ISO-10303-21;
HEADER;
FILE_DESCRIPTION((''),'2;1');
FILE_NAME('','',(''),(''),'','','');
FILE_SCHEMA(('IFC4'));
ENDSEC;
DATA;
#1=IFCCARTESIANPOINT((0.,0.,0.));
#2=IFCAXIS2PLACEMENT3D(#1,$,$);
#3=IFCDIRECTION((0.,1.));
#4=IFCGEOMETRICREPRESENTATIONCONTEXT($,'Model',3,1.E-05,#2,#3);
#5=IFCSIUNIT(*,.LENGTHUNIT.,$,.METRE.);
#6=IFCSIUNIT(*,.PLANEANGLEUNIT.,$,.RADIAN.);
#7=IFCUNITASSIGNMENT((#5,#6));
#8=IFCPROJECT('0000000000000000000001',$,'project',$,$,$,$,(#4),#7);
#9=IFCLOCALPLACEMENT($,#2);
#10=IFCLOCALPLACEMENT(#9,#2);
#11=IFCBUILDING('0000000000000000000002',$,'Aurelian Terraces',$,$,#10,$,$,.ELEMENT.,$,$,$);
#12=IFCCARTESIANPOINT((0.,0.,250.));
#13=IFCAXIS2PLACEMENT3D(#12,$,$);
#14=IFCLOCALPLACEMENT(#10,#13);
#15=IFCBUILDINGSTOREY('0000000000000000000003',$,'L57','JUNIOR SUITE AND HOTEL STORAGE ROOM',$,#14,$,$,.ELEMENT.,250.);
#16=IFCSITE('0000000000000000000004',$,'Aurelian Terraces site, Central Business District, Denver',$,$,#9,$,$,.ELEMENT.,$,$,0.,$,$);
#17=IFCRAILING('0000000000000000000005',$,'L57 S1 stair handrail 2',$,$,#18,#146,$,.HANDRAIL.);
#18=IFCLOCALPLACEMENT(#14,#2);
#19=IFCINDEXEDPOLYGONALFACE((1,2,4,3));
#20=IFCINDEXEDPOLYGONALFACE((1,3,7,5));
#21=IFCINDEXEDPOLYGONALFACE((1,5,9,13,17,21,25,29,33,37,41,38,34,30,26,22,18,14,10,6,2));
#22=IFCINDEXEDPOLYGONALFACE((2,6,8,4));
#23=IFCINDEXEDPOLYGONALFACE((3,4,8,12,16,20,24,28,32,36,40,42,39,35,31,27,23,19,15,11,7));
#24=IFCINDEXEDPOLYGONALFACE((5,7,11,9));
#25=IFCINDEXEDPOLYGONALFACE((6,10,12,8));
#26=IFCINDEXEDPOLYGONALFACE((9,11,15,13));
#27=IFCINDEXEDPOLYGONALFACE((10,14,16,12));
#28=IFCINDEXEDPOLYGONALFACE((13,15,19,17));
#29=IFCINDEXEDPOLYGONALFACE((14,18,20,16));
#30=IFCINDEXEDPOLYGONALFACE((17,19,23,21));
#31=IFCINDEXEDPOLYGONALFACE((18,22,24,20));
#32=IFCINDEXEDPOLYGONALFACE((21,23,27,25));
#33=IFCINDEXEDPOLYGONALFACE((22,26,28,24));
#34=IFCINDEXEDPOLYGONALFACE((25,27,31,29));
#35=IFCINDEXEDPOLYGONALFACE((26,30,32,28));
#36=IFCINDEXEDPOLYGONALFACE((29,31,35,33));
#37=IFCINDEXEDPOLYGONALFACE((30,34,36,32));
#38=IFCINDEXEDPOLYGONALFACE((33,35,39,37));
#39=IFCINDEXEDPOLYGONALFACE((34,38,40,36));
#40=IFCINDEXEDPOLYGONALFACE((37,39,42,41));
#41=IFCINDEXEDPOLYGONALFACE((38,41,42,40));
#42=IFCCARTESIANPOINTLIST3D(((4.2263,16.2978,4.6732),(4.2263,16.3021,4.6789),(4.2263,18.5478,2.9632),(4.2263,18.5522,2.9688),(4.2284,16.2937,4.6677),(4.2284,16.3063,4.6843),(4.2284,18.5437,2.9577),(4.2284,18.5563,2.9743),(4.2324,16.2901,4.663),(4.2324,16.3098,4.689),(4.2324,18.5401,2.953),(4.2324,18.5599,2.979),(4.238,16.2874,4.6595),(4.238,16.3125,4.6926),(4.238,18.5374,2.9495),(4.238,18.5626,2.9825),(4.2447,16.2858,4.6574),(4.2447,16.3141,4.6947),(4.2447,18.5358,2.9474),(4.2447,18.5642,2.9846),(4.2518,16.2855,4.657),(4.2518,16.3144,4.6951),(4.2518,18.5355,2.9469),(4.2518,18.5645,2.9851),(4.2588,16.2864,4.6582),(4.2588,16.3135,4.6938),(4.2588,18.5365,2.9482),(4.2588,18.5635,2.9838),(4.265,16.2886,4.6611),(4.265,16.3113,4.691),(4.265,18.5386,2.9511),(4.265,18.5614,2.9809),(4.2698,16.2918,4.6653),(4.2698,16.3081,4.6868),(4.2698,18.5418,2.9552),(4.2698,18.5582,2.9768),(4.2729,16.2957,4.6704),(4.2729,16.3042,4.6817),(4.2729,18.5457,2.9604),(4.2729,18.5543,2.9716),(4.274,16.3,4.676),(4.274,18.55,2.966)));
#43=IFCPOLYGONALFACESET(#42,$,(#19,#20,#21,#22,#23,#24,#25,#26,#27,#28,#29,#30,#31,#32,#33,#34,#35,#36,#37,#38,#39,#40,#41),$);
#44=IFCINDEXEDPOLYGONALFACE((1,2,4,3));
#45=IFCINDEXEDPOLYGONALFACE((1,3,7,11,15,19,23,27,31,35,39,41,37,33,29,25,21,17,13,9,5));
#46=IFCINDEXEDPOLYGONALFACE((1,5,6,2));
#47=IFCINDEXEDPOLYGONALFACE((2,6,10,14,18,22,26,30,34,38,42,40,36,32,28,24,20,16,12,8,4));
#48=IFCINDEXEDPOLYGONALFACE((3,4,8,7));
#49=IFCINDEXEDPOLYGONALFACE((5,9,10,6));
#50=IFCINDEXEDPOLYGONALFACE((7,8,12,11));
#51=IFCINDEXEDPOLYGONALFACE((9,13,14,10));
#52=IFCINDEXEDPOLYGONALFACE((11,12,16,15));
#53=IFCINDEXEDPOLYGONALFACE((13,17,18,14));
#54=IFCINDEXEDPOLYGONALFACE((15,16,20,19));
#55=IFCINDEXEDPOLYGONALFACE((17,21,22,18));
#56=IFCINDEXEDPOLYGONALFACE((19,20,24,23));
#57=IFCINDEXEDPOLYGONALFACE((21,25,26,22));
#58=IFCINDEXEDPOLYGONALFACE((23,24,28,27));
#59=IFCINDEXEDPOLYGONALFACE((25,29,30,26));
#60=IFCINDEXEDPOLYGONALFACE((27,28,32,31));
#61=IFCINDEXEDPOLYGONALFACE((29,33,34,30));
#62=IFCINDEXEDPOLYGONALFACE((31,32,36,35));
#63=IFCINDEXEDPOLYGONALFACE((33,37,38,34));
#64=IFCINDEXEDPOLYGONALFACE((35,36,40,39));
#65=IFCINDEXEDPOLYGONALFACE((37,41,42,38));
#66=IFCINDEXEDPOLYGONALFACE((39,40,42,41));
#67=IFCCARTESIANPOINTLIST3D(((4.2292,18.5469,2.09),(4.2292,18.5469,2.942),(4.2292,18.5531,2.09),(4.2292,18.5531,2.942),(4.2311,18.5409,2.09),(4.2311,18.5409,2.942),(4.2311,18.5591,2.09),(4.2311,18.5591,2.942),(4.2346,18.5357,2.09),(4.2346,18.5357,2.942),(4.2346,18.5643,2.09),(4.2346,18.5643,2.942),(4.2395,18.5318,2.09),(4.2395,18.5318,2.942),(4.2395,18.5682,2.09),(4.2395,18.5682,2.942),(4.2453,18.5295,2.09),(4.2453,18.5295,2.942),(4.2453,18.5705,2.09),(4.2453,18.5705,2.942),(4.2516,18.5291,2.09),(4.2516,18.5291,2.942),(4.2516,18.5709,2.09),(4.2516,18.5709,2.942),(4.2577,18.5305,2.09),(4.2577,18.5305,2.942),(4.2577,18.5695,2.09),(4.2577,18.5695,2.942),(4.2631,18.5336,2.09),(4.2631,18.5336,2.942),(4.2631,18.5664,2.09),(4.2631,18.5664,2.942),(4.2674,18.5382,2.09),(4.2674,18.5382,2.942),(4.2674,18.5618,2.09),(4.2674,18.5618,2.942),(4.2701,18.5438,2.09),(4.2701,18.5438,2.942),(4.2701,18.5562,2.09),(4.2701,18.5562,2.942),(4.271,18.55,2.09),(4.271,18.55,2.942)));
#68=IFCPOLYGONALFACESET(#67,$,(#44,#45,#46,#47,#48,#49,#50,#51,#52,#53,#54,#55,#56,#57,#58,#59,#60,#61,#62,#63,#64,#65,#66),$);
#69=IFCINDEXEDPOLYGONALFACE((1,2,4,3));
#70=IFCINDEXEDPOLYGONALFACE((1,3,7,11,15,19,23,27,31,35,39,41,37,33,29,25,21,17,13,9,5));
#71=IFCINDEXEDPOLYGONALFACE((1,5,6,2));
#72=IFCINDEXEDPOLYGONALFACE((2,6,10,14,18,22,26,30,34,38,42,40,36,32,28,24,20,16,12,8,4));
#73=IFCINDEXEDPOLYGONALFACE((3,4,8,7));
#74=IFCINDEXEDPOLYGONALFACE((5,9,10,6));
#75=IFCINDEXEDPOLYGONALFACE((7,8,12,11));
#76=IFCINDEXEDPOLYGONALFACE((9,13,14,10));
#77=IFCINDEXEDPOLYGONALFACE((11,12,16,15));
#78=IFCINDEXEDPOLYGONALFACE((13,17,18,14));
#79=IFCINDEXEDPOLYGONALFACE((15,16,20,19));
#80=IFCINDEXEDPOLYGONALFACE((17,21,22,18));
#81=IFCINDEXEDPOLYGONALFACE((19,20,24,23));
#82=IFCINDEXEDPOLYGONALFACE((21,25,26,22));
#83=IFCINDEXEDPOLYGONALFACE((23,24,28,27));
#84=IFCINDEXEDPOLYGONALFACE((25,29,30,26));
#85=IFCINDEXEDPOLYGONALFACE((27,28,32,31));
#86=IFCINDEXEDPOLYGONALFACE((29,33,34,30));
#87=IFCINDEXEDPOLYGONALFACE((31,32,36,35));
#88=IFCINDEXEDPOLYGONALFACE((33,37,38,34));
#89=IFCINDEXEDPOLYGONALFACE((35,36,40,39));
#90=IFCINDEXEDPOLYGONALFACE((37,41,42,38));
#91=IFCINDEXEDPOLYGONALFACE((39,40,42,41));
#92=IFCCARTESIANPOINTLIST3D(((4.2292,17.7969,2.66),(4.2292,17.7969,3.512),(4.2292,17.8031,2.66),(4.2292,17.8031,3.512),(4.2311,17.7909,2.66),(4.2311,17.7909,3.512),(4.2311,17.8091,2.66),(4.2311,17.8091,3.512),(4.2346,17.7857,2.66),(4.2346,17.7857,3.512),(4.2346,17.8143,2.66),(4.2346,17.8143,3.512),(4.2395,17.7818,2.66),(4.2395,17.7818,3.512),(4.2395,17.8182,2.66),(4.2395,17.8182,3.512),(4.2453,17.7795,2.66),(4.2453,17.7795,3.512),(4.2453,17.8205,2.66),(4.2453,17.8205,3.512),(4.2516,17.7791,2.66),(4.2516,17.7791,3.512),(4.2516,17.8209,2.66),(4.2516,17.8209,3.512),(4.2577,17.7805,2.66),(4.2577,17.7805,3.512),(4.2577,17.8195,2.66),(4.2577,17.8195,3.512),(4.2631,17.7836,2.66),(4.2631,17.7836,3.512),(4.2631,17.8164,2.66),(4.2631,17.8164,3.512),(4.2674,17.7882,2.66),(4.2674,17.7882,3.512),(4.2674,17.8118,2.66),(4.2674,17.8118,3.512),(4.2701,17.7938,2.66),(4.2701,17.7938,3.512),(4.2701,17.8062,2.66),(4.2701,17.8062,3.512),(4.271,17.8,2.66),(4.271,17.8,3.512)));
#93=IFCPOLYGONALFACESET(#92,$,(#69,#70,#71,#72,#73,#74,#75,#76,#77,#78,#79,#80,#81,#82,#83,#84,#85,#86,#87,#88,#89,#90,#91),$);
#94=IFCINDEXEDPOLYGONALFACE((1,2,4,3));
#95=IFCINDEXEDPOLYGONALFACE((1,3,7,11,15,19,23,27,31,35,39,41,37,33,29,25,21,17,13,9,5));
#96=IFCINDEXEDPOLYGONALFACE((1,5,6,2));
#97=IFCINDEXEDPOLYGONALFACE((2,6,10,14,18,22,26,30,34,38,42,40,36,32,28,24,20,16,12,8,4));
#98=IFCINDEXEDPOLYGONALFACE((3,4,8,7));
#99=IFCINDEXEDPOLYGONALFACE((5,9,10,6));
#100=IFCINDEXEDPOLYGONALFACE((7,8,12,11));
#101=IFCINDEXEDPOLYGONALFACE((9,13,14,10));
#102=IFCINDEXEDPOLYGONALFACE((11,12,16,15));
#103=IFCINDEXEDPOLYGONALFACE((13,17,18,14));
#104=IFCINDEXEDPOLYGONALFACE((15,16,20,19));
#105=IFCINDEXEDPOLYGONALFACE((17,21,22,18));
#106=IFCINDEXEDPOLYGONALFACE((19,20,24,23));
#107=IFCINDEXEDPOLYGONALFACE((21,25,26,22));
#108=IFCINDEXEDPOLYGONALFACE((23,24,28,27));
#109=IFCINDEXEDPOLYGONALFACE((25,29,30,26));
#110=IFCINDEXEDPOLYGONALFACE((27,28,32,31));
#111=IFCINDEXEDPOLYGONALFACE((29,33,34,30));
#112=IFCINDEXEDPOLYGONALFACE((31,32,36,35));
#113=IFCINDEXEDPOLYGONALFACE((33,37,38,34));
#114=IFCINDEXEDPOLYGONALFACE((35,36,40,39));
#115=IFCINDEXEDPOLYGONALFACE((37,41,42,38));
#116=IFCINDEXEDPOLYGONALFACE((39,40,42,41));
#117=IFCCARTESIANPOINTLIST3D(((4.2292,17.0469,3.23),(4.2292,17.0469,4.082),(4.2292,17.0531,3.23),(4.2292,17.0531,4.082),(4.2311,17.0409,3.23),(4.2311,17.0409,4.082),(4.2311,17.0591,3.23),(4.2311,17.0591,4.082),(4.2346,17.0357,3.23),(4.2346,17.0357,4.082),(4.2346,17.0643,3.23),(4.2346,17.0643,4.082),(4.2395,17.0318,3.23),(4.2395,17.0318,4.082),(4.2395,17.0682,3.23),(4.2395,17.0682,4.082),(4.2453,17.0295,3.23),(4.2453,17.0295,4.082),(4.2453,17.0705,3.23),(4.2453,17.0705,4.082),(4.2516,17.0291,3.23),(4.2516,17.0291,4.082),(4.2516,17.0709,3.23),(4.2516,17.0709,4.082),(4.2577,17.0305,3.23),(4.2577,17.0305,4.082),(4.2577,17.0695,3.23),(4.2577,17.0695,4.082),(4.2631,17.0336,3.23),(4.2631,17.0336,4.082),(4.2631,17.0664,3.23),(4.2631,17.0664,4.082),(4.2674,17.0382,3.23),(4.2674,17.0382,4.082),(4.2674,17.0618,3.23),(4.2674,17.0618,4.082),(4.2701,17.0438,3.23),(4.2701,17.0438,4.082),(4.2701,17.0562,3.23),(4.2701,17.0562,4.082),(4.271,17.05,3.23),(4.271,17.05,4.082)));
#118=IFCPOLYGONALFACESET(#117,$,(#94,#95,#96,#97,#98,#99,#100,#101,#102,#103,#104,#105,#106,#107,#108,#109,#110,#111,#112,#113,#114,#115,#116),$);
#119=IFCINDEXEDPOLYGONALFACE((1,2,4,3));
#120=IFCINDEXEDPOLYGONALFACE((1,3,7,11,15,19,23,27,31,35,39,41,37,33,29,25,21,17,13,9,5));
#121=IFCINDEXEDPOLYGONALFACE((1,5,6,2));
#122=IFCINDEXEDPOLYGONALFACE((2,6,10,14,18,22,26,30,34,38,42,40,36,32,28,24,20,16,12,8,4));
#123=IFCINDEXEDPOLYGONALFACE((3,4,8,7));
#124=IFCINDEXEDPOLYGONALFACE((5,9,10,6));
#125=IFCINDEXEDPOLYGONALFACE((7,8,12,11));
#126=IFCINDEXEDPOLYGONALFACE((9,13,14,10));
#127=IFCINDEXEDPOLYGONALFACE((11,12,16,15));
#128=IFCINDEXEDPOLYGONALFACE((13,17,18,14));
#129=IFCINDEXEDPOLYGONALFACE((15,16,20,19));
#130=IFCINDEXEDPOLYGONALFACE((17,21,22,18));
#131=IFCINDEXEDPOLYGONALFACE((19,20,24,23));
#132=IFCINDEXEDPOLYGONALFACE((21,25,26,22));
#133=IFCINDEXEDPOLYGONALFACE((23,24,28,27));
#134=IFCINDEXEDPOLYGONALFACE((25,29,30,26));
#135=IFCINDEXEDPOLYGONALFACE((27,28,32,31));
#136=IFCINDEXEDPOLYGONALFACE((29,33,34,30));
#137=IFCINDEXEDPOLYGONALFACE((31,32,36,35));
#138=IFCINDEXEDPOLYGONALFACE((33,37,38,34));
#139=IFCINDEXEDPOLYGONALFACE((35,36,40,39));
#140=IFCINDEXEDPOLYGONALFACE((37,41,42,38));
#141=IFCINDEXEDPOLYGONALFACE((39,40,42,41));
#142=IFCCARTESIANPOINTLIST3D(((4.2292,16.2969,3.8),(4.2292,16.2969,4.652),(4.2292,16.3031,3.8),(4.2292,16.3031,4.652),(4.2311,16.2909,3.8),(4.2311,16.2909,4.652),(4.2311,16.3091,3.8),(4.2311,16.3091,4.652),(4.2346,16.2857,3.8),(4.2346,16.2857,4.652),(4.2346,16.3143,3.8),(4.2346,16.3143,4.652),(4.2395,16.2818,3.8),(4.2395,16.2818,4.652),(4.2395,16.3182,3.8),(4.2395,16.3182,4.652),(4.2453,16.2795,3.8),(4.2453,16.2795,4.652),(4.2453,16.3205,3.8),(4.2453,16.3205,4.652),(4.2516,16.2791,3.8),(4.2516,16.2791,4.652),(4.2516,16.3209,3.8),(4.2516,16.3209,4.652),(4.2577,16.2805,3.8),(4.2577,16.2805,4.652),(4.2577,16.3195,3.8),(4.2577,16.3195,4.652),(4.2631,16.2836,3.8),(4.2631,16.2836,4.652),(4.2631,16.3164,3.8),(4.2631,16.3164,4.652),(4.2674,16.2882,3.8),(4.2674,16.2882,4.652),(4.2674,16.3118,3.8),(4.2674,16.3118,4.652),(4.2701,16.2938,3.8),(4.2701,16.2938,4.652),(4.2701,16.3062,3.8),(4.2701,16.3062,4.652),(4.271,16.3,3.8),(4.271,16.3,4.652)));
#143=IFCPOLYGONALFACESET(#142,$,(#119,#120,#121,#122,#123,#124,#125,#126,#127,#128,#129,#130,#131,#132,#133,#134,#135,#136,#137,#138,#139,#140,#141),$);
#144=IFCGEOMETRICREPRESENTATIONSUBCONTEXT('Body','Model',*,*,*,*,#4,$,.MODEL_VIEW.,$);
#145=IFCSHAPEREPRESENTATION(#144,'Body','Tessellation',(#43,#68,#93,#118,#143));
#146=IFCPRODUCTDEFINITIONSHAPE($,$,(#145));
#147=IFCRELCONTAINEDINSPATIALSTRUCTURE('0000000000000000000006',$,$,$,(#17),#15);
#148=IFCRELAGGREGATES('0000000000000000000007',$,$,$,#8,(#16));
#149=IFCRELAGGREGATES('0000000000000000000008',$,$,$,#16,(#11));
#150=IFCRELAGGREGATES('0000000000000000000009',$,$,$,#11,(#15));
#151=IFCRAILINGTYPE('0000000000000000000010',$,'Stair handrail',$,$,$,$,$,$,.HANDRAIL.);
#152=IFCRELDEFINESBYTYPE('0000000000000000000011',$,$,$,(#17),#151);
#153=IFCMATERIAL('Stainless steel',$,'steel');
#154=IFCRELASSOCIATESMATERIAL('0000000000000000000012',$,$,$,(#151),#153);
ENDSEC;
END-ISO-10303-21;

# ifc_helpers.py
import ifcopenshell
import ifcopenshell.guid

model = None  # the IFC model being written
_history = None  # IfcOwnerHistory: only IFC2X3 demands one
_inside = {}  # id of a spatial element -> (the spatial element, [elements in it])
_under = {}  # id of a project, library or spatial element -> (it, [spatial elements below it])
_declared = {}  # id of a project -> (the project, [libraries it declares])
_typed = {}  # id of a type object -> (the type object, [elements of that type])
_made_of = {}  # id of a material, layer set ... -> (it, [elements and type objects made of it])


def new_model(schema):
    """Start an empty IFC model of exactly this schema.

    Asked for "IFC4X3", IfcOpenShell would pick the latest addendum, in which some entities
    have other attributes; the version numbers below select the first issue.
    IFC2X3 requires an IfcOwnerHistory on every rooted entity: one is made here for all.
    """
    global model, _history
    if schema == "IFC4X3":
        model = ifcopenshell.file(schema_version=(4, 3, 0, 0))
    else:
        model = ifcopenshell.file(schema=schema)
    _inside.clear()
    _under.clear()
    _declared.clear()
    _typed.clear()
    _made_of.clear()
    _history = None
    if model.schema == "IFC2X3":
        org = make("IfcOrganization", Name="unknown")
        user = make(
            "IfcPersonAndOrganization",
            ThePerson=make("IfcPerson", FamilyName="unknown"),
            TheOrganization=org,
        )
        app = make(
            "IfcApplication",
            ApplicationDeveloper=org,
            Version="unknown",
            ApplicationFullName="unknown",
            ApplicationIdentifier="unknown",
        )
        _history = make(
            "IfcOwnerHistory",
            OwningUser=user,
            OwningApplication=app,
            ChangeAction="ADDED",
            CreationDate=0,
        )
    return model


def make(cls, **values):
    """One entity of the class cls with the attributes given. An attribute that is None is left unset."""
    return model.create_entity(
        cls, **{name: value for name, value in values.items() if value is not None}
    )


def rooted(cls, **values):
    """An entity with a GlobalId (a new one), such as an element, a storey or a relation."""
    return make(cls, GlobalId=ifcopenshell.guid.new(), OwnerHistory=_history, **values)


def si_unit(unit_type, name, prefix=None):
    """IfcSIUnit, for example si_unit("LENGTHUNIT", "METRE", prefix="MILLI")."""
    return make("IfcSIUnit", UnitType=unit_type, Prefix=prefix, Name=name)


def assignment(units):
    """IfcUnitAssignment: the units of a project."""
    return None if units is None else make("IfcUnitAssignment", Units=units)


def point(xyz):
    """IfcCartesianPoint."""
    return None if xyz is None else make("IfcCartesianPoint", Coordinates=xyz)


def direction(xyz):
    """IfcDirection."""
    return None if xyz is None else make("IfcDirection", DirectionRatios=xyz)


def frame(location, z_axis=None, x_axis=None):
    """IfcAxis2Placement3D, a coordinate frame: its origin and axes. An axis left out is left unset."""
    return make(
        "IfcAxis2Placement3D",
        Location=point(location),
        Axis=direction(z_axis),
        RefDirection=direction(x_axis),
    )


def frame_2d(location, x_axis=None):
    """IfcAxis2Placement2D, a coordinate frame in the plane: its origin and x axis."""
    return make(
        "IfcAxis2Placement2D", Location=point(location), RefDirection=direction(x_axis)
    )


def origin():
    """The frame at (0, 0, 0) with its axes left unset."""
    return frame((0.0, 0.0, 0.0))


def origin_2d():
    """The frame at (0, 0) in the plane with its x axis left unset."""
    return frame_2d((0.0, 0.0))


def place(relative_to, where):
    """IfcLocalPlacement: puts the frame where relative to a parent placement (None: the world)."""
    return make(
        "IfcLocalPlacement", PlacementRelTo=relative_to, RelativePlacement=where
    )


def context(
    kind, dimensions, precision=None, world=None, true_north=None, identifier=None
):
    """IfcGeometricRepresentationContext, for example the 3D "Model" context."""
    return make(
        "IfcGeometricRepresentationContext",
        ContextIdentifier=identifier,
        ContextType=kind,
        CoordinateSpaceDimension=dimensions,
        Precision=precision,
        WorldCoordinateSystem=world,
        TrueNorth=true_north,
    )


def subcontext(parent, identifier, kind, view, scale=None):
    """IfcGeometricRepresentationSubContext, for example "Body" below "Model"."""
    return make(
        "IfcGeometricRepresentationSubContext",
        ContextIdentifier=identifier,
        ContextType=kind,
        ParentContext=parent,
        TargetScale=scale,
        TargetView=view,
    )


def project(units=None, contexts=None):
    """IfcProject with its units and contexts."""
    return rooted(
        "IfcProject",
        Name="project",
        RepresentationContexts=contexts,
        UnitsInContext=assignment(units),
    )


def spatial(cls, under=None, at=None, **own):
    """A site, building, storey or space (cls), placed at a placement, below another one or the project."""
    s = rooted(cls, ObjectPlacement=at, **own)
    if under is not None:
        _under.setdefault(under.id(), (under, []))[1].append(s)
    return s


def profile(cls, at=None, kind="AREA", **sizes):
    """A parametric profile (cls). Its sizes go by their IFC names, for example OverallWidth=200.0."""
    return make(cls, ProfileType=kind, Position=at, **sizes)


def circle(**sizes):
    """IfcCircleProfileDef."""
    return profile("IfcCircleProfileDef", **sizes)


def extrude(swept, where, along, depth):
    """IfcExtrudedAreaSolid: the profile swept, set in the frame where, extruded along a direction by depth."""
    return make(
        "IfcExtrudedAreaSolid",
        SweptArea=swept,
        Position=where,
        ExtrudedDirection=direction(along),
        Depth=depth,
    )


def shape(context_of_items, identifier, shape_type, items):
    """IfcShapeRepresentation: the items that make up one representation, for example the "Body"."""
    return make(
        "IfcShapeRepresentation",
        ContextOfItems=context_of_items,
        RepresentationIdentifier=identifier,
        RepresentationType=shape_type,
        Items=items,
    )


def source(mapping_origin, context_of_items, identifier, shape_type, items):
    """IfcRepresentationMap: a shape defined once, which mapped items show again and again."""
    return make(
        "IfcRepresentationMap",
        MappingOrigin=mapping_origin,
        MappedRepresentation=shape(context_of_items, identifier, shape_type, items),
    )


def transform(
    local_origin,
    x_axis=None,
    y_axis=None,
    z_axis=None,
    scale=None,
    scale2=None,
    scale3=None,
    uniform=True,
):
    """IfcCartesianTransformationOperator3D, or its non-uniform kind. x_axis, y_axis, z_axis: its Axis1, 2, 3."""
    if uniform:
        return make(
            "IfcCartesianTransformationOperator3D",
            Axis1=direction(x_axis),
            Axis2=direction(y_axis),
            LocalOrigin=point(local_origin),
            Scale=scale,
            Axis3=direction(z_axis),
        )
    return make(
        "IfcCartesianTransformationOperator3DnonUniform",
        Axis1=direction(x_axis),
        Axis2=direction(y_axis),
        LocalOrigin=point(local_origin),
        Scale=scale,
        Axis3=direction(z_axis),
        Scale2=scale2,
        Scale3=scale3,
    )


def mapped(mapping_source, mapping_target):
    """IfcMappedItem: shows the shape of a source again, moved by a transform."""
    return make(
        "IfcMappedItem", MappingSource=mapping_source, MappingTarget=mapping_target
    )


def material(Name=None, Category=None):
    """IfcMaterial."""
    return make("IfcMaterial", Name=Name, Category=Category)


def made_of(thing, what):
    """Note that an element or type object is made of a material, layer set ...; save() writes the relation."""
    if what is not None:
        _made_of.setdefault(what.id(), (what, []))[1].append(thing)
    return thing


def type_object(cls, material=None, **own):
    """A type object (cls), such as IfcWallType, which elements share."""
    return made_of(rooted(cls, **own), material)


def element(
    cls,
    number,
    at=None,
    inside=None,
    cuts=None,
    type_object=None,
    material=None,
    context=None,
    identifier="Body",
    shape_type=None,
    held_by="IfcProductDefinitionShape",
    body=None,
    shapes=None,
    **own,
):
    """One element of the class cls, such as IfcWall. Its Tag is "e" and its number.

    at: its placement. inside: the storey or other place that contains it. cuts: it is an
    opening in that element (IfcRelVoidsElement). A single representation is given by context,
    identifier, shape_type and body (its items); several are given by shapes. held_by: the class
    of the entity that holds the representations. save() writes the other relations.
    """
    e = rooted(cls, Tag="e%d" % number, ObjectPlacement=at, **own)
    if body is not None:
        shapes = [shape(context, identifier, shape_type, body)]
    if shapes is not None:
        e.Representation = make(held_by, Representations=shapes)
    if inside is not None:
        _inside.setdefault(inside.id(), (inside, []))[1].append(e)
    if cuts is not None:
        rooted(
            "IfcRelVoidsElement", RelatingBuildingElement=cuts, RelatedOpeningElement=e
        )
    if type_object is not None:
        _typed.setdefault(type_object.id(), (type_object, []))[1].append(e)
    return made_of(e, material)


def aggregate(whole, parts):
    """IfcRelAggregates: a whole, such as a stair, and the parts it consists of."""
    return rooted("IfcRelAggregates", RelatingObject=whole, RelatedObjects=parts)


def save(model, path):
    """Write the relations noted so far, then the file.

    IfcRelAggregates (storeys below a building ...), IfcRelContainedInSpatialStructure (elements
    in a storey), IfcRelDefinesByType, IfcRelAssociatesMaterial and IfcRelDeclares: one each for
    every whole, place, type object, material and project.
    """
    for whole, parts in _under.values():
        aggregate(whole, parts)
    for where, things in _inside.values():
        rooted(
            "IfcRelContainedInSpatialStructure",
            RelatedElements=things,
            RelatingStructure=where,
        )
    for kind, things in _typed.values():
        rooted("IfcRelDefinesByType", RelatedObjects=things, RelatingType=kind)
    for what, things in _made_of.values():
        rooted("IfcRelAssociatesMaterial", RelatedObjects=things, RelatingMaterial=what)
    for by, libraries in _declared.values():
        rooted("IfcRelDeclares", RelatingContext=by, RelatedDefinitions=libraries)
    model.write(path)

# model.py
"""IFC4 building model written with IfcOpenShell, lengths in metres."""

from ifc_helpers import new_model, si_unit, direction, frame, origin, origin_2d, place, context, subcontext, project, spatial, circle, extrude, source, transform, mapped, material, type_object, element, save


model = new_model("IFC4")

# Units and contexts
model_context = context("Model", 3, precision=1e-05, world=origin(), true_north=direction((0.0, 1.0)))
body_context = subcontext(model_context, "Body", "Model", "MODEL_VIEW")
ifc_project = project(units=[si_unit("LENGTHUNIT", "METRE"), si_unit("PLANEANGLEUNIT", "RADIAN")], contexts=[model_context])

# Site, building, storey
site_placement = place(None, origin())
site = spatial("IfcSite", under=ifc_project, at=site_placement, Name="Aurelian Terraces site, Central Business District, Denver", CompositionType="ELEMENT", RefElevation=0.0)
building_placement = place(site_placement, origin())
building = spatial("IfcBuilding", under=site, at=building_placement, Name="Aurelian Terraces", CompositionType="ELEMENT")
storey_placement = place(building_placement, frame((0.0, 0.0, 250.0)))
storey = spatial("IfcBuildingStorey", under=building, at=storey_placement, Name="L57", Description="JUNIOR SUITE AND HOTEL STORAGE ROOM", CompositionType="ELEMENT", Elevation=250.0)

# Railing
ifc_material_1 = material(Name="Stainless steel", Category="steel")
railing_type_1 = type_object("IfcRailingType", Name="Stair handrail", PredefinedType="HANDRAIL", material=ifc_material_1)
shared_shape_1 = source(origin(), body_context, "Body", "SweptSolid", [
    extrude(circle(Radius=0.024, at=origin_2d()), frame((0.0, 0.0, 0.876), z_axis=(0.0, -0.796162, 0.605083), x_axis=(1.0, 0.0, 0.0)), (0.0, 0.0, 1.0), 2.8261),
    extrude(circle(Radius=0.021, at=origin_2d()), origin(), (0.0, 0.0, 1.0), 0.852),
    extrude(circle(Radius=0.021, at=origin_2d()), frame((0.0, -0.75, 0.57)), (0.0, 0.0, 1.0), 0.852),
    extrude(circle(Radius=0.021, at=origin_2d()), frame((0.0, -1.5, 1.14)), (0.0, 0.0, 1.0), 0.852),
    extrude(circle(Radius=0.021, at=origin_2d()), frame((0.0, -2.25, 1.71)), (0.0, 0.0, 1.0), 0.852),
])
railing_1_placement = place(storey_placement, frame((4.25, 18.55, 2.09)))
element("IfcRailing", 1, at=railing_1_placement, inside=storey, type_object=railing_type_1, Name="L57 S1 stair handrail 2", PredefinedType="HANDRAIL", context=body_context, shape_type="MappedRepresentation", body=[
    mapped(shared_shape_1, transform((0.0, 0.0, 0.0), scale=1.0)),
])

save(model, "model.ifc")
